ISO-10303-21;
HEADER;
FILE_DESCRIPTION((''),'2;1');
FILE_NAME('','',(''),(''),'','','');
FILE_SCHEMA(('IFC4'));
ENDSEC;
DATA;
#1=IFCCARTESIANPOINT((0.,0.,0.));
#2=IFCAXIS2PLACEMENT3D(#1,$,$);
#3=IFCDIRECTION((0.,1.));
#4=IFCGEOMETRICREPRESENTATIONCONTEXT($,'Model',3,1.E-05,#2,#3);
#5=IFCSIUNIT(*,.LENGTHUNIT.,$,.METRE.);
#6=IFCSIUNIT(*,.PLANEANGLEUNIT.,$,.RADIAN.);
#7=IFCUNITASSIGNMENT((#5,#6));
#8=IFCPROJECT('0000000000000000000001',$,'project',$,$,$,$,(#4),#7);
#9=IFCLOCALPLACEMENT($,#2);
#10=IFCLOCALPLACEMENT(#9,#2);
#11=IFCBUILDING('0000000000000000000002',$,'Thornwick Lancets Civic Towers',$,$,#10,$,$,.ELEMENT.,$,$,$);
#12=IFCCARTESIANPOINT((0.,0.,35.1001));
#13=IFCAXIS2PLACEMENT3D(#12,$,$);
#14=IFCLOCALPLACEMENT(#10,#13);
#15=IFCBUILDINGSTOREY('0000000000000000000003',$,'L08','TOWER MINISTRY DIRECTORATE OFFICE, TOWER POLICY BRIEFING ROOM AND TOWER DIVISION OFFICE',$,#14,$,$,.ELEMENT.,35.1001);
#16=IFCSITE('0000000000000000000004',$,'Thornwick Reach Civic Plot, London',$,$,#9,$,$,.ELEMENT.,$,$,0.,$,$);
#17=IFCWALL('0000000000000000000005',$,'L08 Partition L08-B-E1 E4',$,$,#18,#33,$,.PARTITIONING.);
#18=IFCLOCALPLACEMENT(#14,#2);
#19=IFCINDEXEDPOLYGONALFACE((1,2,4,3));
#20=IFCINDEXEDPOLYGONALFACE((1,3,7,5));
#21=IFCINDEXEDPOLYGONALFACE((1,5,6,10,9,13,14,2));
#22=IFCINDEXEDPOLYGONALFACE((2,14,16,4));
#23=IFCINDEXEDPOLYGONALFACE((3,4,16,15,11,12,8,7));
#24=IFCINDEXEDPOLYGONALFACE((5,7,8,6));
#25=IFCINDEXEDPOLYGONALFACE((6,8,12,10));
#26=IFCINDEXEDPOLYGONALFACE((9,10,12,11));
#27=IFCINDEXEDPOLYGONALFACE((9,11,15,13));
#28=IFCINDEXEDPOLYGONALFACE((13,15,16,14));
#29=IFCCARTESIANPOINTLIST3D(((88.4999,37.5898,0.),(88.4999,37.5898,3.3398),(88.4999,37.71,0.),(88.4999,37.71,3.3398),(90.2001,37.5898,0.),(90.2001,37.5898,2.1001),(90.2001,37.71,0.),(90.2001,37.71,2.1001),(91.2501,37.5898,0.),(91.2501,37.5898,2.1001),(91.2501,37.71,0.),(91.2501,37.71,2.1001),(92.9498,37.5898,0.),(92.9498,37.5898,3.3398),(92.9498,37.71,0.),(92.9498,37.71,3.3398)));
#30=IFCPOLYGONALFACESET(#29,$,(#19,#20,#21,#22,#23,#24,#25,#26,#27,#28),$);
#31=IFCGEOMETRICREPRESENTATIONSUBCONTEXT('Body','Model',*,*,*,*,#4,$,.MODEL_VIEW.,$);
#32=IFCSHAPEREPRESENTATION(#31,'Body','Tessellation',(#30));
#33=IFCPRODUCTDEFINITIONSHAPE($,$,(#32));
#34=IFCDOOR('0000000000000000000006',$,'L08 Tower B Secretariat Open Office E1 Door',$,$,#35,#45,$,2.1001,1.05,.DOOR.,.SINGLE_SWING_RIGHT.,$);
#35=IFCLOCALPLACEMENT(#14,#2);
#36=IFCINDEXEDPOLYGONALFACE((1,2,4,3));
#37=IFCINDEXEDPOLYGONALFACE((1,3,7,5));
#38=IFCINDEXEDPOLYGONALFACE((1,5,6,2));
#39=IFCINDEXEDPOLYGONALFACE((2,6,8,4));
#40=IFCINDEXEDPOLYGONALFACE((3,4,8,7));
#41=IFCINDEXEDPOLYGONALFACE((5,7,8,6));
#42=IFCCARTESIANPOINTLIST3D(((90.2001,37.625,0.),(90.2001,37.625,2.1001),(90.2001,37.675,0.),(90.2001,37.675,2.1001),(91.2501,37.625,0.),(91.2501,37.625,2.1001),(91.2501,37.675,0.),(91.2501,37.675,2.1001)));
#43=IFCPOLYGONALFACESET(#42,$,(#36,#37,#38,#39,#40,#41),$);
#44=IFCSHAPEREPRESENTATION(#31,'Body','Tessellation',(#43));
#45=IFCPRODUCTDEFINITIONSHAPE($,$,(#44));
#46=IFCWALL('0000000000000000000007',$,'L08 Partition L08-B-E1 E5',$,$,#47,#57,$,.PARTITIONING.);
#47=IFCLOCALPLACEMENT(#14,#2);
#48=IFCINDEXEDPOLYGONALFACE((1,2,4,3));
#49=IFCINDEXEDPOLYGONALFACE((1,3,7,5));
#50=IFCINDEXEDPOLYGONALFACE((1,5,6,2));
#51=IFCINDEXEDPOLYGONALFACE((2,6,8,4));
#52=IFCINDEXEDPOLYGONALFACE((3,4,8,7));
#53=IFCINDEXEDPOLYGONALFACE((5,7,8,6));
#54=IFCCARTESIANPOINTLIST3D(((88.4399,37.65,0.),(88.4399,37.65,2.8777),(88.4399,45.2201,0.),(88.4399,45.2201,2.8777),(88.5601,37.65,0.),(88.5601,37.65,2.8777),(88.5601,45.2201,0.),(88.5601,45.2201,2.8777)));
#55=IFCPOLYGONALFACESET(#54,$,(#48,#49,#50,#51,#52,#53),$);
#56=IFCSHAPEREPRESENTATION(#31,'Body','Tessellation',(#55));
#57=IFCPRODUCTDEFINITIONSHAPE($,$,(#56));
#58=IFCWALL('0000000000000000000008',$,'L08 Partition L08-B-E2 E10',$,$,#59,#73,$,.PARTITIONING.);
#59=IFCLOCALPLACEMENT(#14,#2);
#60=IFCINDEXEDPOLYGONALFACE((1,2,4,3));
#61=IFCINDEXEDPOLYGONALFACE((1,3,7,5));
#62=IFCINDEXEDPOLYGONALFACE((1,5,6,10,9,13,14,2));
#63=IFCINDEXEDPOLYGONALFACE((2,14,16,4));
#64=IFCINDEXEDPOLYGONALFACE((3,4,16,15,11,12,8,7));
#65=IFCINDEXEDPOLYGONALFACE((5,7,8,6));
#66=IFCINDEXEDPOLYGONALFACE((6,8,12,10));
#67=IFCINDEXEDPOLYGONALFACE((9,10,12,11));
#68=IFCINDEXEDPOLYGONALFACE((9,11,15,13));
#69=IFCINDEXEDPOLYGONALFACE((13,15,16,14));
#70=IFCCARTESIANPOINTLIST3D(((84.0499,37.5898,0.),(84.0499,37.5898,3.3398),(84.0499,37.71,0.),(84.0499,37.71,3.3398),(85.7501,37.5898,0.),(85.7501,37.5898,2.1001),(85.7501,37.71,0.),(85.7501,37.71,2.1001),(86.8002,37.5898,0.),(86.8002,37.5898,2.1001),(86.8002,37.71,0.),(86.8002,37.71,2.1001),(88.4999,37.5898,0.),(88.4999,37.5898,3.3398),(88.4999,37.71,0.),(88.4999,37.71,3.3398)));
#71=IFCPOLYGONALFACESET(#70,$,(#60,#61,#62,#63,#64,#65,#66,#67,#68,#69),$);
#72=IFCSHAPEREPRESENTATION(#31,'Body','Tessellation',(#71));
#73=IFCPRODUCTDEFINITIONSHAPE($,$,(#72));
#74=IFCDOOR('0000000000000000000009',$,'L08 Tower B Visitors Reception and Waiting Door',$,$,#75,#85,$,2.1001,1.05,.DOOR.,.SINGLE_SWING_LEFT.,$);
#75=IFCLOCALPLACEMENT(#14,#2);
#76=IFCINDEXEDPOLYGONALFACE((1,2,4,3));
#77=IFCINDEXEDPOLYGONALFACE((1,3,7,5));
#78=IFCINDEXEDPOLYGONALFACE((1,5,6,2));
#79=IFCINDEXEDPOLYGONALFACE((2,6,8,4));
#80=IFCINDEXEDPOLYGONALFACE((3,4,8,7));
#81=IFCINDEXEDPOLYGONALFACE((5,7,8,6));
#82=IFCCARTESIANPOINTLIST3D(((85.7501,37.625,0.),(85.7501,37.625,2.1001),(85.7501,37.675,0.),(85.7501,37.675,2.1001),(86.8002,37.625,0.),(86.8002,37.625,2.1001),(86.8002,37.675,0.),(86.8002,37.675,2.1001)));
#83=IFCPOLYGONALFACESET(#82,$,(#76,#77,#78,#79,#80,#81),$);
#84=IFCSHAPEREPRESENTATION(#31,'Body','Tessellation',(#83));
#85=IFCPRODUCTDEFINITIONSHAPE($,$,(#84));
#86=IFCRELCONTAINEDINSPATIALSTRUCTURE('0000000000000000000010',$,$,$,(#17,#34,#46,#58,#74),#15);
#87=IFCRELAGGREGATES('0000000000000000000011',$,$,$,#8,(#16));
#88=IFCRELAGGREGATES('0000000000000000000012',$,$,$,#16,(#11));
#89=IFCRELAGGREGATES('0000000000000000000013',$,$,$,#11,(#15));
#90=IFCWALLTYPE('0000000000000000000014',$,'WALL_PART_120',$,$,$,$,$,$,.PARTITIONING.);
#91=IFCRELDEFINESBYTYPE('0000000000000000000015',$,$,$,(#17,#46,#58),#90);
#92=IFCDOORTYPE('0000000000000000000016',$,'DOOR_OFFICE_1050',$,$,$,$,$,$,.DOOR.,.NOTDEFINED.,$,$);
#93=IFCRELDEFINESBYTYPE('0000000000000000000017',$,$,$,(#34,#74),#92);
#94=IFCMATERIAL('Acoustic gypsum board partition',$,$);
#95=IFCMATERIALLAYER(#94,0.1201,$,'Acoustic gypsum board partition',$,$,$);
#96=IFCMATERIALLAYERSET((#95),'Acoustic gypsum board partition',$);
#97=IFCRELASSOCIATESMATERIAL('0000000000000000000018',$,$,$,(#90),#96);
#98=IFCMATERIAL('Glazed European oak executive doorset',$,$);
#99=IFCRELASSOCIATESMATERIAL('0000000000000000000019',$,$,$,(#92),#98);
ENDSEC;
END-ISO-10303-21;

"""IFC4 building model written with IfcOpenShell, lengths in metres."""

from ifc_helpers import new_model, si_unit, direction, frame, frame_2d, origin, place, context, subcontext, project, spatial, rectangle, extrude, material, layer, layer_set, type_object, element, fill, save


model = new_model("IFC4")

# Units and contexts
model_context = context("Model", 3, precision=1e-05, world=origin(), true_north=direction((0.0, 1.0)))
body_context = subcontext(model_context, "Body", "Model", "MODEL_VIEW")
ifc_project = project(units=[si_unit("LENGTHUNIT", "METRE"), si_unit("PLANEANGLEUNIT", "RADIAN")], contexts=[model_context])

# Site, building, storey
site_placement = place(None, origin())
site = spatial("IfcSite", under=ifc_project, at=site_placement, Name="Thornwick Reach Civic Plot, London", CompositionType="ELEMENT", RefElevation=0.0)
building_placement = place(site_placement, origin())
building = spatial("IfcBuilding", under=site, at=building_placement, Name="Thornwick Lancets Civic Towers", CompositionType="ELEMENT")
storey_placement = place(building_placement, frame((0.0, 0.0, 35.1001)))
storey = spatial("IfcBuildingStorey", under=building, at=storey_placement, Name="L08", Description="TOWER MINISTRY DIRECTORATE OFFICE, TOWER POLICY BRIEFING ROOM AND TOWER DIVISION OFFICE", CompositionType="ELEMENT", Elevation=35.1001)

# Shared definitions
ifc_material_1 = material(Name="Acoustic gypsum board partition")
ifc_layer_1 = layer(ifc_material_1, 0.1201, Name="Acoustic gypsum board partition")
ifc_layer_set_1 = layer_set([ifc_layer_1], Name="Acoustic gypsum board partition")
wall_type_1 = type_object("IfcWallType", Name="WALL_PART_120", PredefinedType="PARTITIONING", material=ifc_layer_set_1)

# Wall, opening, door
wall_1_placement = place(storey_placement, frame((92.95, 37.6499, 0.0), z_axis=(0.0, 0.0, 1.0), x_axis=(-1.0, 0.0, 0.0)))
wall_1 = element("IfcWall", 1, at=wall_1_placement, inside=storey, type_object=wall_type_1, Name="L08 Partition L08-B-E1 E4", PredefinedType="PARTITIONING", context=body_context, shape_type="SweptSolid", body=[
    extrude(rectangle(XDim=4.45, YDim=0.1201, at=frame_2d((2.2251, 0.0))), origin(), (0.0, 0.0, 1.0), 3.3398),
])
opening_1_placement = place(wall_1_placement, frame((1.7, 0.0, 0.0)))
opening_1 = element("IfcOpeningElement", 2, at=opening_1_placement, cuts=wall_1, PredefinedType="OPENING", context=body_context, shape_type="SweptSolid", body=[
    extrude(rectangle(XDim=1.05, YDim=2.1001, at=frame_2d((0.5249, 1.05))), frame((0.0, 0.0701, 0.0), z_axis=(0.0, -1.0, 0.0), x_axis=(1.0, 0.0, 0.0)), (0.0, 0.0, 1.0), 0.1401),
])
ifc_material_2 = material(Name="Glazed European oak executive doorset")
door_type_1 = type_object("IfcDoorType", Name="DOOR_OFFICE_1050", OperationType="NOTDEFINED", PredefinedType="DOOR", material=ifc_material_2)
door_1_placement = place(opening_1_placement, origin())
door_1 = element("IfcDoor", 3, at=door_1_placement, inside=storey, type_object=door_type_1, Name="L08 Tower B Secretariat Open Office E1 Door", OperationType="SINGLE_SWING_RIGHT", OverallHeight=2.1001, OverallWidth=1.05, PredefinedType="DOOR", context=body_context, shape_type="SweptSolid", body=[
    extrude(rectangle(XDim=1.05, YDim=2.1001, at=frame_2d((0.5249, 1.05))), frame((0.0, 0.0249, 0.0), z_axis=(0.0, -1.0, 0.0), x_axis=(1.0, 0.0, 0.0)), (0.0, 0.0, 1.0), 0.05),
])
fill(opening_1, door_1)

# Wall
wall_2_placement = place(storey_placement, frame((88.5, 37.6499, 0.0), z_axis=(0.0, 0.0, 1.0), x_axis=(0.0, 1.0, 0.0)))
element("IfcWall", 4, at=wall_2_placement, inside=storey, type_object=wall_type_1, Name="L08 Partition L08-B-E1 E5", PredefinedType="PARTITIONING", context=body_context, shape_type="SweptSolid", body=[
    extrude(rectangle(XDim=7.5701, YDim=0.1201, at=frame_2d((3.7852, 0.0))), origin(), (0.0, 0.0, 1.0), 2.8777),
])

# Wall, opening, door
wall_3_placement = place(storey_placement, frame((88.5, 37.6499, 0.0), z_axis=(0.0, 0.0, 1.0), x_axis=(-1.0, 0.0, 0.0)))
wall_3 = element("IfcWall", 5, at=wall_3_placement, inside=storey, type_object=wall_type_1, Name="L08 Partition L08-B-E2 E10", PredefinedType="PARTITIONING", context=body_context, shape_type="SweptSolid", body=[
    extrude(rectangle(XDim=4.45, YDim=0.1201, at=frame_2d((2.2251, 0.0))), origin(), (0.0, 0.0, 1.0), 3.3398),
])
opening_2_placement = place(wall_3_placement, frame((1.7, 0.0, 0.0)))
opening_2 = element("IfcOpeningElement", 6, at=opening_2_placement, cuts=wall_3, PredefinedType="OPENING", context=body_context, shape_type="SweptSolid", body=[
    extrude(rectangle(XDim=1.05, YDim=2.1001, at=frame_2d((0.5249, 1.05))), frame((0.0, 0.0701, 0.0), z_axis=(0.0, -1.0, 0.0), x_axis=(1.0, 0.0, 0.0)), (0.0, 0.0, 1.0), 0.1401),
])
door_2_placement = place(opening_2_placement, origin())
door_2 = element("IfcDoor", 7, at=door_2_placement, inside=storey, type_object=door_type_1, Name="L08 Tower B Visitors Reception and Waiting Door", OperationType="SINGLE_SWING_LEFT", OverallHeight=2.1001, OverallWidth=1.05, PredefinedType="DOOR", context=body_context, shape_type="SweptSolid", body=[
    extrude(rectangle(XDim=1.05, YDim=2.1001, at=frame_2d((0.5249, 1.05))), frame((0.0, 0.0249, 0.0), z_axis=(0.0, -1.0, 0.0), x_axis=(1.0, 0.0, 0.0)), (0.0, 0.0, 1.0), 0.05),
])
fill(opening_2, door_2)

save(model, "model.ifc")
